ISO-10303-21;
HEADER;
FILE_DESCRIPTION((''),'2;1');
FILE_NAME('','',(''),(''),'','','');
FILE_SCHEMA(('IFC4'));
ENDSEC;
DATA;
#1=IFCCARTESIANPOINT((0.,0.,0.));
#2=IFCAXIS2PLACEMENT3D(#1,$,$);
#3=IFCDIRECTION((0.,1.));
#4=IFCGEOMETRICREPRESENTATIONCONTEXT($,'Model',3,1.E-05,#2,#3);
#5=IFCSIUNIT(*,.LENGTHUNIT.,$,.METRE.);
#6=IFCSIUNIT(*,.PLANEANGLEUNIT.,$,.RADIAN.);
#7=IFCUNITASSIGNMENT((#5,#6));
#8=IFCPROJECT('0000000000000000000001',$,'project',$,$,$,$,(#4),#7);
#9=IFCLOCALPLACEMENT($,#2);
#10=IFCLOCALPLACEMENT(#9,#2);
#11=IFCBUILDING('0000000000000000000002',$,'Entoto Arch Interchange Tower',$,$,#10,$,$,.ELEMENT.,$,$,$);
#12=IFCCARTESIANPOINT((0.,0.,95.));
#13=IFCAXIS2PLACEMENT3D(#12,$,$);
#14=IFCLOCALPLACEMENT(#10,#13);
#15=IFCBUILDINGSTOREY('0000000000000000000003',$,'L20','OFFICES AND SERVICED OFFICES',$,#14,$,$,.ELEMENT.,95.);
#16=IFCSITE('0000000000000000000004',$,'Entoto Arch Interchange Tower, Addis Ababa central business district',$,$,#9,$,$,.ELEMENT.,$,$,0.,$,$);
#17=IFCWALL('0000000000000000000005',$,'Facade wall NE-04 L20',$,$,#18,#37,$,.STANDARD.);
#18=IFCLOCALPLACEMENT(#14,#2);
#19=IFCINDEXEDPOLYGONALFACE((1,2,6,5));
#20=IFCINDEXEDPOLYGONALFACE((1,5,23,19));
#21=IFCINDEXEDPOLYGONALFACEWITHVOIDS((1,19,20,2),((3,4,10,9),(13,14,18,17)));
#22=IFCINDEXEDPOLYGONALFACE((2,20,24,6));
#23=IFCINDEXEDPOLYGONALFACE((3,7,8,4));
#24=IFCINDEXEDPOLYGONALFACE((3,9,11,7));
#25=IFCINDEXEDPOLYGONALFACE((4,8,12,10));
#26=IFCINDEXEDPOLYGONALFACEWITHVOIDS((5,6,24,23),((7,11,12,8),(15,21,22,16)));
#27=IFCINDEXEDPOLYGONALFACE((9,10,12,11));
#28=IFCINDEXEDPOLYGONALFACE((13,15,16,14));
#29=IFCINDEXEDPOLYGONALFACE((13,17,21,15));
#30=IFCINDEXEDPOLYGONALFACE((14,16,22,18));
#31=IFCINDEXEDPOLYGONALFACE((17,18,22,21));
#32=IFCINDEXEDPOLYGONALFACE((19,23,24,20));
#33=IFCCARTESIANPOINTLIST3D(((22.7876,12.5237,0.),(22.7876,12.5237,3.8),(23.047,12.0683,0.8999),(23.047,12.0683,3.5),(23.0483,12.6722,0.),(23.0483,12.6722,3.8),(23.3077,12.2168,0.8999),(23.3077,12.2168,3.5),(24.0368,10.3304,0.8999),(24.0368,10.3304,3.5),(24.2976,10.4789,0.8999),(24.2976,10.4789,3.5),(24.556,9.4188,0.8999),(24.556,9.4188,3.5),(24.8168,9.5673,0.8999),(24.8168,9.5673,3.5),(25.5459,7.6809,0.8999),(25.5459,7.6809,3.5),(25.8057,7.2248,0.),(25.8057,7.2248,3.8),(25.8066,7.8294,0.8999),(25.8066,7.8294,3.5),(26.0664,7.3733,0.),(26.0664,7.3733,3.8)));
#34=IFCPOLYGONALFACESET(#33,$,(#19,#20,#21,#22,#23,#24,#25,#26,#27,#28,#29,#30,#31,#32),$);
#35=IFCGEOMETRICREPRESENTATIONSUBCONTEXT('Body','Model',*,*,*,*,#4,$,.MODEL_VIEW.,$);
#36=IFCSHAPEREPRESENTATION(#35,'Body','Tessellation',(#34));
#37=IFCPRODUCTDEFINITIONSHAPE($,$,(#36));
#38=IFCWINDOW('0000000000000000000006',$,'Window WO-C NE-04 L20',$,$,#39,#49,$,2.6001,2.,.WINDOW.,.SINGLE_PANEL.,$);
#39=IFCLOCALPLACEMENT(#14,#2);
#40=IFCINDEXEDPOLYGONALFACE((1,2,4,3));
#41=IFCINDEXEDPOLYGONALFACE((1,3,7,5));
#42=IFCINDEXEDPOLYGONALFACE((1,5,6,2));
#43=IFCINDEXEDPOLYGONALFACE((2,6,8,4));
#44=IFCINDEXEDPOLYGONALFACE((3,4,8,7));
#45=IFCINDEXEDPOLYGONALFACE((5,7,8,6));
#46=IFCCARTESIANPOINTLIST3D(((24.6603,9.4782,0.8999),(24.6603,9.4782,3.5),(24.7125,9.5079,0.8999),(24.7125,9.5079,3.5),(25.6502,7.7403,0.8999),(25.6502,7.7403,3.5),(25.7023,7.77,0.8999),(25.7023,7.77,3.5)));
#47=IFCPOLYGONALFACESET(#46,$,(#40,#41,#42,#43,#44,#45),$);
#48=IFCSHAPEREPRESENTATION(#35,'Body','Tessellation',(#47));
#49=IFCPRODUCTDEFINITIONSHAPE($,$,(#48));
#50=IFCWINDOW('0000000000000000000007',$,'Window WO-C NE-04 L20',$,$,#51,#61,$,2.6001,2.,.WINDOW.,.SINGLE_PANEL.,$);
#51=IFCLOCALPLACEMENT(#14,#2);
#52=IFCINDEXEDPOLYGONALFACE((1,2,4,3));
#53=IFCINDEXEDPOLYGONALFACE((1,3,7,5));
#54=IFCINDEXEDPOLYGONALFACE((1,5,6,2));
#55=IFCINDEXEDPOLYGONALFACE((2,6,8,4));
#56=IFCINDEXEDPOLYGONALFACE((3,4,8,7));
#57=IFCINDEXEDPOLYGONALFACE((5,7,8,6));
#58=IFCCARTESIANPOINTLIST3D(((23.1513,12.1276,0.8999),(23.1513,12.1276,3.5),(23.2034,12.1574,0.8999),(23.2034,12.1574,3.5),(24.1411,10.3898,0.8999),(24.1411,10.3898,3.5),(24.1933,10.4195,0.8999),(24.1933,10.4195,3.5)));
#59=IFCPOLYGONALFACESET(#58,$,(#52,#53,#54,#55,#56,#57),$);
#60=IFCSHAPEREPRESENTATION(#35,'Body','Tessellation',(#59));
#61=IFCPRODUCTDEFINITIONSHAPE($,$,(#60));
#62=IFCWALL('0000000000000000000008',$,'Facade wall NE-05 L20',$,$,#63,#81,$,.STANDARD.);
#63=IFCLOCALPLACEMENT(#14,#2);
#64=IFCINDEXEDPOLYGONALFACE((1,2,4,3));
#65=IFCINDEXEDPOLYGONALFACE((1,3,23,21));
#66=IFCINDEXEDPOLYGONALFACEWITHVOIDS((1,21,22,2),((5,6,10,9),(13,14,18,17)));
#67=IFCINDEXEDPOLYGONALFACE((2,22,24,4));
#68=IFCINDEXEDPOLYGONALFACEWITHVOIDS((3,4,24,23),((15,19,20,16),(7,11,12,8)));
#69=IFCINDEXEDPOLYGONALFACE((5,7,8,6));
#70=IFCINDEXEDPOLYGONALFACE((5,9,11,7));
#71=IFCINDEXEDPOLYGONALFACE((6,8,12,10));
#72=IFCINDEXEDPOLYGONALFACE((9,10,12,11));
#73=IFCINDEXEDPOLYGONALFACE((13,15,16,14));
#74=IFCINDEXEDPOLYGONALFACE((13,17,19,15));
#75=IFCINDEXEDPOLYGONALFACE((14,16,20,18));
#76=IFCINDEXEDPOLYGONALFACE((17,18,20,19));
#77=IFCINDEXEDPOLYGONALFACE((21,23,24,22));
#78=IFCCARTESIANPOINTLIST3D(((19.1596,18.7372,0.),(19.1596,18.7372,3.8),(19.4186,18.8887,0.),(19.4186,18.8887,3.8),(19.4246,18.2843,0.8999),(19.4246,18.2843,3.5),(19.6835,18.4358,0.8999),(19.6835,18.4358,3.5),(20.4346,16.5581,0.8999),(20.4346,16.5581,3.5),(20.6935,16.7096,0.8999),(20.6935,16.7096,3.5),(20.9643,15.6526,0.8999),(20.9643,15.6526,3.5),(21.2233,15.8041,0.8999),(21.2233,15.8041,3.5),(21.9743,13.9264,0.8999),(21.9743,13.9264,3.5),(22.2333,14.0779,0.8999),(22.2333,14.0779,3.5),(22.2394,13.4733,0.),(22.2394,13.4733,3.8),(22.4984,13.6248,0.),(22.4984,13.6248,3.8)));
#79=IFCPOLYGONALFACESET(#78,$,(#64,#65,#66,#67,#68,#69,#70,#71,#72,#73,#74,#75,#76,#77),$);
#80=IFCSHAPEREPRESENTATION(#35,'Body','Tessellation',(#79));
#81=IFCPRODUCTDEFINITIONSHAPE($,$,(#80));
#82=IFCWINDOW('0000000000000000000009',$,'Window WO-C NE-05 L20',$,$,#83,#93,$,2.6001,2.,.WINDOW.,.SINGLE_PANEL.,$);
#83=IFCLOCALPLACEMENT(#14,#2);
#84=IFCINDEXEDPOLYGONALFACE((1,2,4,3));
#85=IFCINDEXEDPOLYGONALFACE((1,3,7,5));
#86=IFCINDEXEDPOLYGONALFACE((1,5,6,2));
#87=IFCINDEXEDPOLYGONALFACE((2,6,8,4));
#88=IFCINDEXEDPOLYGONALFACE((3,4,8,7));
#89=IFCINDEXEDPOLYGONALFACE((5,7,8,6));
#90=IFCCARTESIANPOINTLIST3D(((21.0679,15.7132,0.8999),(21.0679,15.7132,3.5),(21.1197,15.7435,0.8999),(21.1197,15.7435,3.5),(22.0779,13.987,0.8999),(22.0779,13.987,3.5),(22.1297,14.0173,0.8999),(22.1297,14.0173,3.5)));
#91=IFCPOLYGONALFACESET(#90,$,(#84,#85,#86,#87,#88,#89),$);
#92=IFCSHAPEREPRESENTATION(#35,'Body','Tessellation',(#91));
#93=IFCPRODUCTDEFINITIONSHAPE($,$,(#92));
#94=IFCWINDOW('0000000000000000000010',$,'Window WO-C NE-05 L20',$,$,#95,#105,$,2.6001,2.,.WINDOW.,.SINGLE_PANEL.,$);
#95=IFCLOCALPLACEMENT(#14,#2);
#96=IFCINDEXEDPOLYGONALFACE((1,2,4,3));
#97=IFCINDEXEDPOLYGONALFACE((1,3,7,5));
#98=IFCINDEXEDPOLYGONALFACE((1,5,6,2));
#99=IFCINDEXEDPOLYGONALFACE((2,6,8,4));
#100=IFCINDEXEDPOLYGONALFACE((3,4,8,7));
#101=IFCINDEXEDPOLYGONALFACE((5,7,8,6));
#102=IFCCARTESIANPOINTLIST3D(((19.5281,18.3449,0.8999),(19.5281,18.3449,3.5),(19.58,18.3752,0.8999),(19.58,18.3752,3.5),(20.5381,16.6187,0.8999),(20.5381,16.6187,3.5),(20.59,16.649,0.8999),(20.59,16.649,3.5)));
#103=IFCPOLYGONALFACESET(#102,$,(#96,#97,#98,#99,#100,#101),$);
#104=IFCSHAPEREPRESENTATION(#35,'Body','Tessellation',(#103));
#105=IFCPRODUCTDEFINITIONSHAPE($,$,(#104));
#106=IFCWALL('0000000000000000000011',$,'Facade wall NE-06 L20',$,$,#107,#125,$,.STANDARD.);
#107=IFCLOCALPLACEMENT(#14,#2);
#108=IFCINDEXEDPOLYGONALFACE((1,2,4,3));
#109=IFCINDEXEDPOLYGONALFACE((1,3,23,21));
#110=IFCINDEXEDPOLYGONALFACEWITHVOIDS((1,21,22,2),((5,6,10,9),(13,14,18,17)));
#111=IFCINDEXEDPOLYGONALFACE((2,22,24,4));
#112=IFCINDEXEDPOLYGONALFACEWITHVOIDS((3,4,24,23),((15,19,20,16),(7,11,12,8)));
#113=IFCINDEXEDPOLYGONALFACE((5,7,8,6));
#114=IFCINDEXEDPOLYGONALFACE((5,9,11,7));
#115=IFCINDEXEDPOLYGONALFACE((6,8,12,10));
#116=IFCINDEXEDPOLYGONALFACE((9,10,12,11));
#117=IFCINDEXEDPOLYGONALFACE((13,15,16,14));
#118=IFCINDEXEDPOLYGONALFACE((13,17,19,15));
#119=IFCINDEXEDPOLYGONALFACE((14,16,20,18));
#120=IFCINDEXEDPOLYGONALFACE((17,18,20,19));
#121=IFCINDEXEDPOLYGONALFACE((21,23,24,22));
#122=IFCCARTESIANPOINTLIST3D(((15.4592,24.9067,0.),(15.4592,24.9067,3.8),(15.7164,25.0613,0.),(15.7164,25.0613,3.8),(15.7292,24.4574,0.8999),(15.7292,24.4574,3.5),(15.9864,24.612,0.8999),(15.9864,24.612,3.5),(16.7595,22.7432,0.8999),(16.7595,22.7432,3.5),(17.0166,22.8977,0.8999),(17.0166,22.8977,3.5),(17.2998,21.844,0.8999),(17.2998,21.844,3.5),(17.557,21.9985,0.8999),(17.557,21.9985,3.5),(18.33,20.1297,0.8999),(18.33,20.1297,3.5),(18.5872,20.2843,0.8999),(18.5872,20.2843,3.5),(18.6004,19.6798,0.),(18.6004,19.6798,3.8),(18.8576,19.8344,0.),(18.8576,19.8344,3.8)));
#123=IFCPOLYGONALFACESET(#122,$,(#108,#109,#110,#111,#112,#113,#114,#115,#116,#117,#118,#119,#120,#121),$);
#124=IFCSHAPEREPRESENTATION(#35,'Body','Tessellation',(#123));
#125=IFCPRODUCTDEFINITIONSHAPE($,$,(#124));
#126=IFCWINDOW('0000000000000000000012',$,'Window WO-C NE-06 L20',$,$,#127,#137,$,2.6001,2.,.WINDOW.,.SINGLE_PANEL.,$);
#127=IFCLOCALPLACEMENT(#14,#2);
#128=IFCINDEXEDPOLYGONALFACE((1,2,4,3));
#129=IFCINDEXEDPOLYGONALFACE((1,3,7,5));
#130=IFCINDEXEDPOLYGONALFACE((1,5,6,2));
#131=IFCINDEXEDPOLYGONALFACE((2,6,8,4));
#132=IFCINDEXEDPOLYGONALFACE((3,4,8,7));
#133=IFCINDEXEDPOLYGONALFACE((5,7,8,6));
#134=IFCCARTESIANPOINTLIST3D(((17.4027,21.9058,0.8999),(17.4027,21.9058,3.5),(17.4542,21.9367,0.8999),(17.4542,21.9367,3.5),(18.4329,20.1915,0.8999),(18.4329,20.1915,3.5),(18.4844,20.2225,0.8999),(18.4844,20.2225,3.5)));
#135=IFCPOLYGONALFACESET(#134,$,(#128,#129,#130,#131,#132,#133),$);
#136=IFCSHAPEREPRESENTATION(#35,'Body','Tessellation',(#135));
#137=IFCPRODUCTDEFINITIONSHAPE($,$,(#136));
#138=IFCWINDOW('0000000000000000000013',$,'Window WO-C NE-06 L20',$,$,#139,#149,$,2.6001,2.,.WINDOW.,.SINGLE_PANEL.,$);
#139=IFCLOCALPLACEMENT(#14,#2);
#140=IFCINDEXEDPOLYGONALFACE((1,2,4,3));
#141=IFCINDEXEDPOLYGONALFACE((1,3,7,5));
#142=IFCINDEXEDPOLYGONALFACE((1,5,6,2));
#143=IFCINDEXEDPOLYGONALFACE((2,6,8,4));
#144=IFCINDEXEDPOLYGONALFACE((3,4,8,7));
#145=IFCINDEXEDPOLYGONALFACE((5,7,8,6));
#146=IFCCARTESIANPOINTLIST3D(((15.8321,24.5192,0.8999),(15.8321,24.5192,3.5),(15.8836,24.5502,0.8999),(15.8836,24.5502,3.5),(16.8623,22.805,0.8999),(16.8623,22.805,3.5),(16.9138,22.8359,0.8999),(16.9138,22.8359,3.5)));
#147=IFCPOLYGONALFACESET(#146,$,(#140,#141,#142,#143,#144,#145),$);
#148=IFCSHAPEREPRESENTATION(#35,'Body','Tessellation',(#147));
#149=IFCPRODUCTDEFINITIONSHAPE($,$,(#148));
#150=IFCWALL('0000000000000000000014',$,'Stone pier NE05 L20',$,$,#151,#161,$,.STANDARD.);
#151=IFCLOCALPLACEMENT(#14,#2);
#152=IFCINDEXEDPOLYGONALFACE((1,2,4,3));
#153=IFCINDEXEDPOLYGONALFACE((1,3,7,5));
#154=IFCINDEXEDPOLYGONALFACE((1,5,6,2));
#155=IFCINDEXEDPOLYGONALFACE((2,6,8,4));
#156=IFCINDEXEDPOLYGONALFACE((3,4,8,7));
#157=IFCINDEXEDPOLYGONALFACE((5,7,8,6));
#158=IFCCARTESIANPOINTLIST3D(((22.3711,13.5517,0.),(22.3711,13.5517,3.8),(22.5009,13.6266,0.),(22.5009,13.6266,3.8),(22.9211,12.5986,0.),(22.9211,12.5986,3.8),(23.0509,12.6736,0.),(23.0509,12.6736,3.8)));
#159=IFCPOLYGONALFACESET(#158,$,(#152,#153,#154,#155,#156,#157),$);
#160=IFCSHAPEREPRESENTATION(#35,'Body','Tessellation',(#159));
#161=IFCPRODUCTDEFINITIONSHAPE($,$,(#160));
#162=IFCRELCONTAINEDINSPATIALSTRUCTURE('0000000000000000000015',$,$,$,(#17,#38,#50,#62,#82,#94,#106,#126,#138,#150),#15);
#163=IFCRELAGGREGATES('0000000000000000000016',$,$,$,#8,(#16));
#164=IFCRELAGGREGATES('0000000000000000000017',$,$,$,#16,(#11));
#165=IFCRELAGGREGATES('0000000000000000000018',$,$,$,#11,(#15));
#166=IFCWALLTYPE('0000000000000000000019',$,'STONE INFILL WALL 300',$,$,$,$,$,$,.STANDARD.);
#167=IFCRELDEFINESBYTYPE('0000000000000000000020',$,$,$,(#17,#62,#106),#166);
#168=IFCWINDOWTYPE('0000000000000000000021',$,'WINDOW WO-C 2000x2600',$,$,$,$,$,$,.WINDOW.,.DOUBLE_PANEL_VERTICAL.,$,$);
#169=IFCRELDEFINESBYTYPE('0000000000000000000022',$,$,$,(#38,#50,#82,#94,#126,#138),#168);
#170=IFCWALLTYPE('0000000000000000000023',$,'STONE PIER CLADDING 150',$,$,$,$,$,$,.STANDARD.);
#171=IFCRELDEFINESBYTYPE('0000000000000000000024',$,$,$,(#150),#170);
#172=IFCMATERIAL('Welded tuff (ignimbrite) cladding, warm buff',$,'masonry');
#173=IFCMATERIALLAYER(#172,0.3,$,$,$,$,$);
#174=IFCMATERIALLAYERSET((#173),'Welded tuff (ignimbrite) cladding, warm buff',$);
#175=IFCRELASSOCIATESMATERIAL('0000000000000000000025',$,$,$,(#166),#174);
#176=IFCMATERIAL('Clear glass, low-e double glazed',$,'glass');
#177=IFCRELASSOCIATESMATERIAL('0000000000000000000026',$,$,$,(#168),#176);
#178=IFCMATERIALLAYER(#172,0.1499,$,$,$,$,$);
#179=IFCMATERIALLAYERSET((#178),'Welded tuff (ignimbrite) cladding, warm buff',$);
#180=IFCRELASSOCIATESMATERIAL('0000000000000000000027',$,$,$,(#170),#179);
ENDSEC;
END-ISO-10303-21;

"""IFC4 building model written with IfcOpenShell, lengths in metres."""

from ifc_helpers import new_model, si_unit, direction, frame, frame_2d, origin, place, context, subcontext, project, spatial, rectangle, extrude, material, layer, layer_set, type_object, element, fill, save


model = new_model("IFC4")

# Units and contexts
model_context = context("Model", 3, precision=1e-05, world=origin(), true_north=direction((0.0, 1.0)))
body_context = subcontext(model_context, "Body", "Model", "MODEL_VIEW")
ifc_project = project(units=[si_unit("LENGTHUNIT", "METRE"), si_unit("PLANEANGLEUNIT", "RADIAN")], contexts=[model_context])

# Site, building, storey
site_placement = place(None, origin())
site = spatial("IfcSite", under=ifc_project, at=site_placement, Name="Entoto Arch Interchange Tower, Addis Ababa central business district", CompositionType="ELEMENT", RefElevation=0.0)
building_placement = place(site_placement, origin())
building = spatial("IfcBuilding", under=site, at=building_placement, Name="Entoto Arch Interchange Tower", CompositionType="ELEMENT")
storey_placement = place(building_placement, frame((0.0, 0.0, 95.0)))
storey = spatial("IfcBuildingStorey", under=building, at=storey_placement, Name="L20", Description="OFFICES AND SERVICED OFFICES", CompositionType="ELEMENT", Elevation=95.0)

# Walls, openings, windows
ifc_material_1 = material(Name="Welded tuff (ignimbrite) cladding, warm buff", Category="masonry")
ifc_layer_1 = layer(ifc_material_1, 0.3)
ifc_layer_set_1 = layer_set([ifc_layer_1], Name="Welded tuff (ignimbrite) cladding, warm buff")
wall_type_1 = type_object("IfcWallType", Name="STONE INFILL WALL 300", PredefinedType="STANDARD", material=ifc_layer_set_1)
wall_1_placement = place(storey_placement, frame((25.936, 7.2991, 0.0), z_axis=(0.0, 0.0, 1.0), x_axis=(-0.494923, 0.868937, 0.0)))
wall_1 = element("IfcWall", 1, at=wall_1_placement, inside=storey, type_object=wall_type_1, Name="Facade wall NE-04 L20", PredefinedType="STANDARD", context=body_context, shape_type="SweptSolid", body=[
    extrude(rectangle(XDim=6.0981, YDim=0.3, at=frame_2d((3.0491, 0.0))), origin(), (0.0, 0.0, 1.0), 3.8),
])
opening_1_placement = place(wall_1_placement, frame((0.5249, 0.0, 0.8999)))
opening_1 = element("IfcOpeningElement", 2, at=opening_1_placement, cuts=wall_1, PredefinedType="OPENING", context=body_context, shape_type="SweptSolid", body=[
    extrude(rectangle(XDim=2.0, YDim=2.6001, at=frame_2d((1.0, 1.3))), frame((0.0, 0.1602, 0.0), z_axis=(0.0, -1.0, 0.0), x_axis=(1.0, 0.0, 0.0)), (0.0, 0.0, 1.0), 0.3201),
])
opening_2_placement = place(wall_1_placement, frame((3.574, 0.0, 0.8999)))
opening_2 = element("IfcOpeningElement", 3, at=opening_2_placement, cuts=wall_1, PredefinedType="OPENING", context=body_context, shape_type="SweptSolid", body=[
    extrude(rectangle(XDim=2.0, YDim=2.6001, at=frame_2d((1.0, 1.3))), frame((0.0, 0.1602, 0.0), z_axis=(0.0, -1.0, 0.0), x_axis=(1.0, 0.0, 0.0)), (0.0, 0.0, 1.0), 0.3201),
])
ifc_material_2 = material(Name="Clear glass, low-e double glazed", Category="glass")
window_type = type_object("IfcWindowType", Name="WINDOW WO-C 2000x2600", PartitioningType="DOUBLE_PANEL_VERTICAL", PredefinedType="WINDOW", material=ifc_material_2)
window_1_placement = place(opening_1_placement, origin())
window_1 = element("IfcWindow", 4, at=window_1_placement, inside=storey, type_object=window_type, Name="Window WO-C NE-04 L20", OverallHeight=2.6001, OverallWidth=2.0, PartitioningType="SINGLE_PANEL", PredefinedType="WINDOW", context=body_context, shape_type="SweptSolid", body=[
    extrude(rectangle(XDim=2.0, YDim=2.6001, at=frame_2d((1.0, 1.3))), frame((0.0, 0.03, 0.0), z_axis=(0.0, -1.0, 0.0), x_axis=(1.0, 0.0, 0.0)), (0.0, 0.0, 1.0), 0.0601),
])
fill(opening_1, window_1)
window_2_placement = place(opening_2_placement, origin())
window_2 = element("IfcWindow", 5, at=window_2_placement, inside=storey, type_object=window_type, Name="Window WO-C NE-04 L20", OverallHeight=2.6001, OverallWidth=2.0, PartitioningType="SINGLE_PANEL", PredefinedType="WINDOW", context=body_context, shape_type="SweptSolid", body=[
    extrude(rectangle(XDim=2.0, YDim=2.6001, at=frame_2d((1.0, 1.3))), frame((0.0, 0.03, 0.0), z_axis=(0.0, -1.0, 0.0), x_axis=(1.0, 0.0, 0.0)), (0.0, 0.0, 1.0), 0.0601),
])
fill(opening_2, window_2)
wall_2_placement = place(storey_placement, frame((22.3689, 13.5491, 0.0), z_axis=(0.0, 0.0, 1.0), x_axis=(-0.504998, 0.86312, 0.0)))
wall_2 = element("IfcWall", 6, at=wall_2_placement, inside=storey, type_object=wall_type_1, Name="Facade wall NE-05 L20", PredefinedType="STANDARD", context=body_context, shape_type="SweptSolid", body=[
    extrude(rectangle(XDim=6.0986, YDim=0.3, at=frame_2d((3.0493, 0.0))), origin(), (0.0, 0.0, 1.0), 3.8),
])
opening_3_placement = place(wall_2_placement, frame((0.5249, 0.0, 0.8999)))
opening_3 = element("IfcOpeningElement", 7, at=opening_3_placement, cuts=wall_2, PredefinedType="OPENING", context=body_context, shape_type="SweptSolid", body=[
    extrude(rectangle(XDim=2.0, YDim=2.6001, at=frame_2d((1.0, 1.3))), frame((0.0, 0.1602, 0.0), z_axis=(0.0, -1.0, 0.0), x_axis=(1.0, 0.0, 0.0)), (0.0, 0.0, 1.0), 0.3201),
])
opening_4_placement = place(wall_2_placement, frame((3.574, 0.0, 0.8999)))
opening_4 = element("IfcOpeningElement", 8, at=opening_4_placement, cuts=wall_2, PredefinedType="OPENING", context=body_context, shape_type="SweptSolid", body=[
    extrude(rectangle(XDim=2.0, YDim=2.6001, at=frame_2d((1.0, 1.3))), frame((0.0, 0.1602, 0.0), z_axis=(0.0, -1.0, 0.0), x_axis=(1.0, 0.0, 0.0)), (0.0, 0.0, 1.0), 0.3201),
])
window_3_placement = place(opening_3_placement, origin())
window_3 = element("IfcWindow", 9, at=window_3_placement, inside=storey, type_object=window_type, Name="Window WO-C NE-05 L20", OverallHeight=2.6001, OverallWidth=2.0, PartitioningType="SINGLE_PANEL", PredefinedType="WINDOW", context=body_context, shape_type="SweptSolid", body=[
    extrude(rectangle(XDim=2.0, YDim=2.6001, at=frame_2d((1.0, 1.3))), frame((0.0, 0.03, 0.0), z_axis=(0.0, -1.0, 0.0), x_axis=(1.0, 0.0, 0.0)), (0.0, 0.0, 1.0), 0.0601),
])
fill(opening_3, window_3)
window_4_placement = place(opening_4_placement, origin())
window_4 = element("IfcWindow", 10, at=window_4_placement, inside=storey, type_object=window_type, Name="Window WO-C NE-05 L20", OverallHeight=2.6001, OverallWidth=2.0, PartitioningType="SINGLE_PANEL", PredefinedType="WINDOW", context=body_context, shape_type="SweptSolid", body=[
    extrude(rectangle(XDim=2.0, YDim=2.6001, at=frame_2d((1.0, 1.3))), frame((0.0, 0.03, 0.0), z_axis=(0.0, -1.0, 0.0), x_axis=(1.0, 0.0, 0.0)), (0.0, 0.0, 1.0), 0.0601),
])
fill(opening_4, window_4)
wall_3_placement = place(storey_placement, frame((18.729, 19.7571, 0.0), z_axis=(0.0, 0.0, 1.0), x_axis=(-0.515102, 0.857129, 0.0)))
wall_3 = element("IfcWall", 11, at=wall_3_placement, inside=storey, type_object=wall_type_1, Name="Facade wall NE-06 L20", PredefinedType="STANDARD", context=body_context, shape_type="SweptSolid", body=[
    extrude(rectangle(XDim=6.0981, YDim=0.3, at=frame_2d((3.0491, 0.0))), origin(), (0.0, 0.0, 1.0), 3.8),
])
opening_5_placement = place(wall_3_placement, frame((0.5249, 0.0, 0.8999)))
opening_5 = element("IfcOpeningElement", 12, at=opening_5_placement, cuts=wall_3, PredefinedType="OPENING", context=body_context, shape_type="SweptSolid", body=[
    extrude(rectangle(XDim=2.0, YDim=2.6001, at=frame_2d((1.0, 1.3))), frame((0.0, 0.1602, 0.0), z_axis=(0.0, -1.0, 0.0), x_axis=(1.0, 0.0, 0.0)), (0.0, 0.0, 1.0), 0.3201),
])
opening_6_placement = place(wall_3_placement, frame((3.574, 0.0, 0.8999)))
opening_6 = element("IfcOpeningElement", 13, at=opening_6_placement, cuts=wall_3, PredefinedType="OPENING", context=body_context, shape_type="SweptSolid", body=[
    extrude(rectangle(XDim=2.0, YDim=2.6001, at=frame_2d((1.0, 1.3))), frame((0.0, 0.1602, 0.0), z_axis=(0.0, -1.0, 0.0), x_axis=(1.0, 0.0, 0.0)), (0.0, 0.0, 1.0), 0.3201),
])
window_5_placement = place(opening_5_placement, origin())
window_5 = element("IfcWindow", 14, at=window_5_placement, inside=storey, type_object=window_type, Name="Window WO-C NE-06 L20", OverallHeight=2.6001, OverallWidth=2.0, PartitioningType="SINGLE_PANEL", PredefinedType="WINDOW", context=body_context, shape_type="SweptSolid", body=[
    extrude(rectangle(XDim=2.0, YDim=2.6001, at=frame_2d((1.0, 1.3))), frame((0.0, 0.03, 0.0), z_axis=(0.0, -1.0, 0.0), x_axis=(1.0, 0.0, 0.0)), (0.0, 0.0, 1.0), 0.0601),
])
fill(opening_5, window_5)
window_6_placement = place(opening_6_placement, origin())
window_6 = element("IfcWindow", 15, at=window_6_placement, inside=storey, type_object=window_type, Name="Window WO-C NE-06 L20", OverallHeight=2.6001, OverallWidth=2.0, PartitioningType="SINGLE_PANEL", PredefinedType="WINDOW", context=body_context, shape_type="SweptSolid", body=[
    extrude(rectangle(XDim=2.0, YDim=2.6001, at=frame_2d((1.0, 1.3))), frame((0.0, 0.03, 0.0), z_axis=(0.0, -1.0, 0.0), x_axis=(1.0, 0.0, 0.0)), (0.0, 0.0, 1.0), 0.0601),
])
fill(opening_6, window_6)

# Wall
ifc_layer_2 = layer(ifc_material_1, 0.1499)
ifc_layer_set_2 = layer_set([ifc_layer_2], Name="Welded tuff (ignimbrite) cladding, warm buff")
wall_type_2 = type_object("IfcWallType", Name="STONE PIER CLADDING 150", PredefinedType="STANDARD", material=ifc_layer_set_2)
wall_4_placement = place(storey_placement, frame((22.9861, 12.636, 0.0), z_axis=(0.0, 0.0, 1.0), x_axis=(-0.499838, 0.866119, 0.0)))
element("IfcWall", 16, at=wall_4_placement, inside=storey, type_object=wall_type_2, Name="Stone pier NE05 L20", PredefinedType="STANDARD", context=body_context, shape_type="SweptSolid", body=[
    extrude(rectangle(XDim=1.1003, YDim=0.1499, at=frame_2d((0.5503, 0.0))), origin(), (0.0, 0.0, 1.0), 3.8),
])

save(model, "model.ifc")
